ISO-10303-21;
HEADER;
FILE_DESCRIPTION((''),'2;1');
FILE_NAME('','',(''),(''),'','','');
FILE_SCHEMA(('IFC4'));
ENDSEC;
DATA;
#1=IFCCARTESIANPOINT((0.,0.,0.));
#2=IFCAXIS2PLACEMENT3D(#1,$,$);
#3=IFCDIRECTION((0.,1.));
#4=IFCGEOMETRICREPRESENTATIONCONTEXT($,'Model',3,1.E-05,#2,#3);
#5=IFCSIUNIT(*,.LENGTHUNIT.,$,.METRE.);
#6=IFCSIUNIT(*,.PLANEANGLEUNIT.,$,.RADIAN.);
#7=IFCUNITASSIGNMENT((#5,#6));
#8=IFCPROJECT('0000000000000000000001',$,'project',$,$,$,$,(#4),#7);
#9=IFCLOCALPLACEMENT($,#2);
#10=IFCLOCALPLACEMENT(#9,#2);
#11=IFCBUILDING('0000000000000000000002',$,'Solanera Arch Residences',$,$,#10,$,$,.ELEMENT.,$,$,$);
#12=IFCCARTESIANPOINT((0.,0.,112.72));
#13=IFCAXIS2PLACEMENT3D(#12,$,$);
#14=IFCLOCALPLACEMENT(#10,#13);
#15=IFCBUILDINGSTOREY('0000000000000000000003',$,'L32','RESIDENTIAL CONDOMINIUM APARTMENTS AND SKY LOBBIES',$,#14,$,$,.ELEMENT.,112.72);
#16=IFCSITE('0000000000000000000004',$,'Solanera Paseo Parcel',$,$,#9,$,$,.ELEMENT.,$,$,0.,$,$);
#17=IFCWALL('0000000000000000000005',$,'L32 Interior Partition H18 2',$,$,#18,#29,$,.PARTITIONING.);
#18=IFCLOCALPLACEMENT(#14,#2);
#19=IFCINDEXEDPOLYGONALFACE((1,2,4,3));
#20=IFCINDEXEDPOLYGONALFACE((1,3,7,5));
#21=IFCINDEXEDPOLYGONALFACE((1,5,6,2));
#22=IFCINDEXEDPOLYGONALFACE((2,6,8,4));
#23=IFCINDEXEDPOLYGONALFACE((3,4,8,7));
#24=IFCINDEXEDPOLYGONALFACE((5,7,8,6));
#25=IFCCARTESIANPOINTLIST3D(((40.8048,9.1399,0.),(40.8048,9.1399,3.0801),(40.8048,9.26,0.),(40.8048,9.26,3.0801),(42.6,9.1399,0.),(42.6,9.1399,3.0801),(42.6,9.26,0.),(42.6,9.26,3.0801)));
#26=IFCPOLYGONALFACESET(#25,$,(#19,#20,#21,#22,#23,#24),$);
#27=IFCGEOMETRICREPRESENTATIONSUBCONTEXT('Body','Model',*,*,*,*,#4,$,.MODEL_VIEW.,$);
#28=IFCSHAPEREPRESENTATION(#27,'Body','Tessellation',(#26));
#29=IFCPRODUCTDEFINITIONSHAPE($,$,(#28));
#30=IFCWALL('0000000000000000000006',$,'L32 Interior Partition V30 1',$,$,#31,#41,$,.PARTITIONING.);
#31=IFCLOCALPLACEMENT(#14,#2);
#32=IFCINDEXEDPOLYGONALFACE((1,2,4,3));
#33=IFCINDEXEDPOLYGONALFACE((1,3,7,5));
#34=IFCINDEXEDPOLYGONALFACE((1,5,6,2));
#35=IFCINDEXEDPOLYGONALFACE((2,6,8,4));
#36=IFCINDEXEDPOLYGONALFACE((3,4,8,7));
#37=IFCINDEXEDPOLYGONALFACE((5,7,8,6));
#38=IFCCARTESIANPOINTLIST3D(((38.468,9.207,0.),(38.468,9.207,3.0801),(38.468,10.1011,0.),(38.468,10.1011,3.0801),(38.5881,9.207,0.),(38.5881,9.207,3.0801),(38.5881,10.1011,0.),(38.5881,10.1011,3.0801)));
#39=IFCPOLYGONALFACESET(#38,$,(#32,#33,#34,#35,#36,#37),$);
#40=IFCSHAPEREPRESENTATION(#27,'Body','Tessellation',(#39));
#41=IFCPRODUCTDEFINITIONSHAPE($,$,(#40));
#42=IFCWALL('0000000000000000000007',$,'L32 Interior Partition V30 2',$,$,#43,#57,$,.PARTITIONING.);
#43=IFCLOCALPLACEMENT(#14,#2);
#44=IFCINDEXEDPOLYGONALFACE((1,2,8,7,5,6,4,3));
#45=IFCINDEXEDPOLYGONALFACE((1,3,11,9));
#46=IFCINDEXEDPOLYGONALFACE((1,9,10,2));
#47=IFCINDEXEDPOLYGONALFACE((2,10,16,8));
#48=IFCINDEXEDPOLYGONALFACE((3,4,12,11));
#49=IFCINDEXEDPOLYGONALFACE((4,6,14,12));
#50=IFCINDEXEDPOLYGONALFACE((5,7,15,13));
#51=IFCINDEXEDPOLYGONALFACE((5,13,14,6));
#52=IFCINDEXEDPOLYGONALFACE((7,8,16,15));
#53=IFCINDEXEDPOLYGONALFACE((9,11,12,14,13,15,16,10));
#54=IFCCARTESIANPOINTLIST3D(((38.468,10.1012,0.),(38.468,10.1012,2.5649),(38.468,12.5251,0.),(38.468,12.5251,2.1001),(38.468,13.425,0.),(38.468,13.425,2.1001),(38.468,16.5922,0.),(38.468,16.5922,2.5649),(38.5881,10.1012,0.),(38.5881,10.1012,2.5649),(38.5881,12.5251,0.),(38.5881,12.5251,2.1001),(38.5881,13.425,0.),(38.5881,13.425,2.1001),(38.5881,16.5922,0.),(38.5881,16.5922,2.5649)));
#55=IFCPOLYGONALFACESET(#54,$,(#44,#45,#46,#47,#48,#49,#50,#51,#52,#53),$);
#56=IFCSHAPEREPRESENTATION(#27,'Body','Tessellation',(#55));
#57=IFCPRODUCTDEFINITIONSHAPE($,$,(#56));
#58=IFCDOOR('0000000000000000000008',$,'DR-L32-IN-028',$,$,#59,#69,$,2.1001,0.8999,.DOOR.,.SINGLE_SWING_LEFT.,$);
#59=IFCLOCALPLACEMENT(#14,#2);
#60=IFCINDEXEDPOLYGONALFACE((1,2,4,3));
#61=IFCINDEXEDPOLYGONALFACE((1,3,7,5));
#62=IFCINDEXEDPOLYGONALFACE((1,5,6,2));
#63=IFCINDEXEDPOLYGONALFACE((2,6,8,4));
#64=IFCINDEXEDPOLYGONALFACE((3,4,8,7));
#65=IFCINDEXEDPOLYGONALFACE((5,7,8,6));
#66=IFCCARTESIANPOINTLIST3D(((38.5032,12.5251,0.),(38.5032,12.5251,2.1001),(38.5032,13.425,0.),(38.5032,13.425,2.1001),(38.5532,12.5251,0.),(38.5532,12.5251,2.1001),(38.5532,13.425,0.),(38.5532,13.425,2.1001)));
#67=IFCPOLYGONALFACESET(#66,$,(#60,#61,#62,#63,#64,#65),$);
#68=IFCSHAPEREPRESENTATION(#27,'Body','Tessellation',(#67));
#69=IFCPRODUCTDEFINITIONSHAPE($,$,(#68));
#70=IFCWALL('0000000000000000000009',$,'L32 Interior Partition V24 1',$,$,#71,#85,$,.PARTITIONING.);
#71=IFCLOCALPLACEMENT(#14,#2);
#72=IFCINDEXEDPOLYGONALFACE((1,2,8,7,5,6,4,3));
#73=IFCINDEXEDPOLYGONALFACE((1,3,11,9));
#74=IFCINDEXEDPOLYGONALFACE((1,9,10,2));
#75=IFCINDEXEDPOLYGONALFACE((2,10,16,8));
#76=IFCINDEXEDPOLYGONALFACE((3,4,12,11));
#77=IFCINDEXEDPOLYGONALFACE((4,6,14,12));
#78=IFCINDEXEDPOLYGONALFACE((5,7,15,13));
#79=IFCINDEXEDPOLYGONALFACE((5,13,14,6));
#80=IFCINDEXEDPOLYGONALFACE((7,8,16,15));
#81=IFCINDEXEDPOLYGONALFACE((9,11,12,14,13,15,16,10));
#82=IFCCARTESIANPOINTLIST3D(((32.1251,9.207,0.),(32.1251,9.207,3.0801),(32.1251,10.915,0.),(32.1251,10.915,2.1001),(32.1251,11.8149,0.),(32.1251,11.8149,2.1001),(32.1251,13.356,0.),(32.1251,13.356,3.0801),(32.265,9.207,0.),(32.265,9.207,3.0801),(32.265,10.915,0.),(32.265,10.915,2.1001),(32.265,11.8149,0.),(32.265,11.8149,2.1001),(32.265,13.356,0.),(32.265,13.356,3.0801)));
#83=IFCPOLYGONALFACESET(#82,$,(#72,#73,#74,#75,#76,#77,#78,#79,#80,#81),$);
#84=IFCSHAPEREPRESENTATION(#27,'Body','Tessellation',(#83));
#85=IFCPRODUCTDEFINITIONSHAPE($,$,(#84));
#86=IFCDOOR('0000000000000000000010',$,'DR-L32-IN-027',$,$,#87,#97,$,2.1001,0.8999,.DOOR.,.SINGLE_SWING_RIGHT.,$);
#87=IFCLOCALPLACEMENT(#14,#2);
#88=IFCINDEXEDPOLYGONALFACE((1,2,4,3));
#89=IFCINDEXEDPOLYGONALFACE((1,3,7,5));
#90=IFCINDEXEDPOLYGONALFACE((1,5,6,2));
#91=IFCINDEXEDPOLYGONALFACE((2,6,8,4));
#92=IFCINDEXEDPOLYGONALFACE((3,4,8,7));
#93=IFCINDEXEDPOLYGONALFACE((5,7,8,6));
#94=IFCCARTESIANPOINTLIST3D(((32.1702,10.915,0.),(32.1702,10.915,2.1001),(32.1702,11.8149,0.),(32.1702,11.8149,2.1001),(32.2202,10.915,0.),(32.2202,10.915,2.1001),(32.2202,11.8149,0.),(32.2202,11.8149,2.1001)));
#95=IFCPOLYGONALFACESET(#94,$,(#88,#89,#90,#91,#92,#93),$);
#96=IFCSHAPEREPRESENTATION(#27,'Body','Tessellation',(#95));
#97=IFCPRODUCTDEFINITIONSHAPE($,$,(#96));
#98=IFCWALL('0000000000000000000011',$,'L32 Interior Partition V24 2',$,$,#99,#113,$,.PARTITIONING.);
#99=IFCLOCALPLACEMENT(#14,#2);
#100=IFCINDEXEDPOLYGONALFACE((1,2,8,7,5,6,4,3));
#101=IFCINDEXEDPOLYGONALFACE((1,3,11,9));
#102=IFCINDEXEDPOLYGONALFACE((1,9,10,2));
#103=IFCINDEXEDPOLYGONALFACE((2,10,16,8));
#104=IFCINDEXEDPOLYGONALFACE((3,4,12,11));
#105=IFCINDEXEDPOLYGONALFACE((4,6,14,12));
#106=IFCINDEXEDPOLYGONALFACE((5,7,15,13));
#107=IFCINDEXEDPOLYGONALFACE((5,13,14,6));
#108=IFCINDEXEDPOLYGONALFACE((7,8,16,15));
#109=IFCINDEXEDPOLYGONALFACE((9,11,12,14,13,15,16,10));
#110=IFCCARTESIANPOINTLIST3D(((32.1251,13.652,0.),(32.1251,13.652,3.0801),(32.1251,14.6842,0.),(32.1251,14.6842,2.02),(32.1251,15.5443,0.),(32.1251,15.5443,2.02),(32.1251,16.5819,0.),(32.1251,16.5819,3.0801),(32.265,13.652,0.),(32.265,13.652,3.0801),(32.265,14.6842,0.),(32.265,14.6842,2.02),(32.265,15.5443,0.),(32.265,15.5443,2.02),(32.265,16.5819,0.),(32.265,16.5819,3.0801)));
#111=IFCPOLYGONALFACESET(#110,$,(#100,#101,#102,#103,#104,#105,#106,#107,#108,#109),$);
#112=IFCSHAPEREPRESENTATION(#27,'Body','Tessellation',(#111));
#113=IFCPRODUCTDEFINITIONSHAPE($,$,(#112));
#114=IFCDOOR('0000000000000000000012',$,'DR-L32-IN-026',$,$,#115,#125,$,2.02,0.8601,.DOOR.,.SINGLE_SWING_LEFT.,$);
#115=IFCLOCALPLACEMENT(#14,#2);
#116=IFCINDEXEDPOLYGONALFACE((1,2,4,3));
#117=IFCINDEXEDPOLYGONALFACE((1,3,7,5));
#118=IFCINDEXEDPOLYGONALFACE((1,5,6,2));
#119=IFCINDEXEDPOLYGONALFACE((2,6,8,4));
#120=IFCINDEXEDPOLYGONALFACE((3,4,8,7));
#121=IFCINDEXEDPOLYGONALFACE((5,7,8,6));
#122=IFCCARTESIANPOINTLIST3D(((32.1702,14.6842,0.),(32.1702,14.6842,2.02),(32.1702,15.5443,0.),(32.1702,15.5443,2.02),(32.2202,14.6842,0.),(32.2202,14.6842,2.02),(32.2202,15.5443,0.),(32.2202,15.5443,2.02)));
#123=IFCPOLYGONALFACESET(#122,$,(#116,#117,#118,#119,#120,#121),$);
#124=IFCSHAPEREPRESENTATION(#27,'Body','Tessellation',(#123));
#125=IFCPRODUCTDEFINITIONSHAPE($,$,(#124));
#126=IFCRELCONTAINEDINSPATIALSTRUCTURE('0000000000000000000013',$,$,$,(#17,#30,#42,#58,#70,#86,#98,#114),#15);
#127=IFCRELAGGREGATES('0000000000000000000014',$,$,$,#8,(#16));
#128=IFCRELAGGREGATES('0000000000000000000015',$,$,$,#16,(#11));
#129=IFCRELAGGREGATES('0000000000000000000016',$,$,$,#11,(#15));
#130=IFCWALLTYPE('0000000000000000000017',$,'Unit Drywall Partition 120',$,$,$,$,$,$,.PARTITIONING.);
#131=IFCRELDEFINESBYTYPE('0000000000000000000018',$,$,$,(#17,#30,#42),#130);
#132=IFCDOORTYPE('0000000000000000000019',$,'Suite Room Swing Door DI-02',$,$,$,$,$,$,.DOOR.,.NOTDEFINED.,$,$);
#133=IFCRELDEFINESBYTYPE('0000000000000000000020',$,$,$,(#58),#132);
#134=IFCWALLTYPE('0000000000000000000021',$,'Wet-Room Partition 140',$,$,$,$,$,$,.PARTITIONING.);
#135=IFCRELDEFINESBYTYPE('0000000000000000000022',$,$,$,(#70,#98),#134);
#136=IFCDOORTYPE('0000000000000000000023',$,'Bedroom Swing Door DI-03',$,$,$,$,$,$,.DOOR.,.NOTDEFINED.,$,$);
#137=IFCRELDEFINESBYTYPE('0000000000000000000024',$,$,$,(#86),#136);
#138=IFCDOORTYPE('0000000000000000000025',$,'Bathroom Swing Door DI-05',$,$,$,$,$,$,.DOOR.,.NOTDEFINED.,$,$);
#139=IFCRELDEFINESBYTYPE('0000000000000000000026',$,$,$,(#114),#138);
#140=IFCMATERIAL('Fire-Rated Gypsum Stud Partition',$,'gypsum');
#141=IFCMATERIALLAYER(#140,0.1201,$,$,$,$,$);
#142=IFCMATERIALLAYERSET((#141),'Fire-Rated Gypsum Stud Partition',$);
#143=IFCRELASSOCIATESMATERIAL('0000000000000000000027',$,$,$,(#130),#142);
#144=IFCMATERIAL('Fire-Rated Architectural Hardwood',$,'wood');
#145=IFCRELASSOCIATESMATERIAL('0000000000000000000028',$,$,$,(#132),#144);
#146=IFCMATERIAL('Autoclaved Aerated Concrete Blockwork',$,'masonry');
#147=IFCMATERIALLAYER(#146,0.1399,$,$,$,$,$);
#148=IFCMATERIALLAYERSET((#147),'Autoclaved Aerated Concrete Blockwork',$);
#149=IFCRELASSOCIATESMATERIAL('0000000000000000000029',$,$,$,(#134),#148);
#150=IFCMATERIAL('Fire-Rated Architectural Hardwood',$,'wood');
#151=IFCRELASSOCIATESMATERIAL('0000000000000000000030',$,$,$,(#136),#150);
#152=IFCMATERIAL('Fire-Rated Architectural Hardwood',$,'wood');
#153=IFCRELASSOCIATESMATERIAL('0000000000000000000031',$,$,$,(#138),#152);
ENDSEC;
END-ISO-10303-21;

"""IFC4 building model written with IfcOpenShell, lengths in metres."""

from ifc_helpers import new_model, si_unit, direction, frame, frame_2d, origin, place, context, subcontext, project, spatial, rectangle, extrude, material, layer, layer_set, type_object, element, fill, save


model = new_model("IFC4")

# Units and contexts
model_context = context("Model", 3, precision=1e-05, world=origin(), true_north=direction((0.0, 1.0)))
body_context = subcontext(model_context, "Body", "Model", "MODEL_VIEW")
ifc_project = project(units=[si_unit("LENGTHUNIT", "METRE"), si_unit("PLANEANGLEUNIT", "RADIAN")], contexts=[model_context])

# Site, building, storey
site_placement = place(None, origin())
site = spatial("IfcSite", under=ifc_project, at=site_placement, Name="Solanera Paseo Parcel", CompositionType="ELEMENT", RefElevation=0.0)
building_placement = place(site_placement, origin())
building = spatial("IfcBuilding", under=site, at=building_placement, Name="Solanera Arch Residences", CompositionType="ELEMENT")
storey_placement = place(building_placement, frame((0.0, 0.0, 112.72)))
storey = spatial("IfcBuildingStorey", under=building, at=storey_placement, Name="L32", Description="RESIDENTIAL CONDOMINIUM APARTMENTS AND SKY LOBBIES", CompositionType="ELEMENT", Elevation=112.72)

# Walls
ifc_material_1 = material(Name="Fire-Rated Gypsum Stud Partition", Category="gypsum")
ifc_layer_1 = layer(ifc_material_1, 0.1201)
ifc_layer_set_1 = layer_set([ifc_layer_1], Name="Fire-Rated Gypsum Stud Partition")
wall_type_1 = type_object("IfcWallType", Name="Unit Drywall Partition 120", PredefinedType="PARTITIONING", material=ifc_layer_set_1)
wall_1_placement = place(storey_placement, frame((40.8049, 9.2, 0.0), z_axis=(0.0, 0.0, 1.0), x_axis=(1.0, 0.0, 0.0)))
element("IfcWall", 1, at=wall_1_placement, inside=storey, type_object=wall_type_1, Name="L32 Interior Partition H18 2", PredefinedType="PARTITIONING", context=body_context, shape_type="SweptSolid", body=[
    extrude(rectangle(XDim=1.7952, YDim=0.1201, at=frame_2d((0.8975, 0.0))), origin(), (0.0, 0.0, 1.0), 3.0801),
])
wall_2_placement = place(storey_placement, frame((38.5281, 9.207, 0.0), z_axis=(0.0, 0.0, 1.0), x_axis=(0.0, 1.0, 0.0)))
element("IfcWall", 2, at=wall_2_placement, inside=storey, type_object=wall_type_1, Name="L32 Interior Partition V30 1", PredefinedType="PARTITIONING", context=body_context, shape_type="SweptSolid", body=[
    extrude(rectangle(XDim=0.894, YDim=0.1201, at=frame_2d((0.447, 0.0))), origin(), (0.0, 0.0, 1.0), 3.0801),
])

# Walls, openings, doors
wall_3_placement = place(storey_placement, frame((38.5281, 10.1011, 0.0), z_axis=(0.0, 0.0, 1.0), x_axis=(0.0, 1.0, 0.0)))
wall_3 = element("IfcWall", 3, at=wall_3_placement, inside=storey, type_object=wall_type_1, Name="L32 Interior Partition V30 2", PredefinedType="PARTITIONING", context=body_context, shape_type="SweptSolid", body=[
    extrude(rectangle(XDim=6.491, YDim=0.1201, at=frame_2d((3.2456, 0.0))), origin(), (0.0, 0.0, 1.0), 2.5649),
])
opening_1_placement = place(wall_3_placement, frame((2.4241, 0.0, 0.0)))
opening_1 = element("IfcOpeningElement", 4, at=opening_1_placement, cuts=wall_3, PredefinedType="OPENING", context=body_context, shape_type="SweptSolid", body=[
    extrude(rectangle(XDim=0.8999, YDim=2.1001, at=frame_2d((0.45, 1.05))), frame((0.0, 0.0701, 0.0), z_axis=(0.0, -1.0, 0.0), x_axis=(1.0, 0.0, 0.0)), (0.0, 0.0, 1.0), 0.1401),
])
ifc_material_2 = material(Name="Fire-Rated Architectural Hardwood", Category="wood")
door_type_1 = type_object("IfcDoorType", Name="Suite Room Swing Door DI-02", OperationType="NOTDEFINED", PredefinedType="DOOR", material=ifc_material_2)
door_1_placement = place(opening_1_placement, origin())
door_1 = element("IfcDoor", 5, at=door_1_placement, inside=storey, type_object=door_type_1, Name="DR-L32-IN-028", OperationType="SINGLE_SWING_LEFT", OverallHeight=2.1001, OverallWidth=0.8999, PredefinedType="DOOR", context=body_context, shape_type="SweptSolid", body=[
    extrude(rectangle(XDim=0.8999, YDim=2.1001, at=frame_2d((0.45, 1.05))), frame((0.0, 0.0249, 0.0), z_axis=(0.0, -1.0, 0.0), x_axis=(1.0, 0.0, 0.0)), (0.0, 0.0, 1.0), 0.05),
])
fill(opening_1, door_1)
ifc_material_3 = material(Name="Autoclaved Aerated Concrete Blockwork", Category="masonry")
ifc_layer_2 = layer(ifc_material_3, 0.1399)
ifc_layer_set_2 = layer_set([ifc_layer_2], Name="Autoclaved Aerated Concrete Blockwork")
wall_type_2 = type_object("IfcWallType", Name="Wet-Room Partition 140", PredefinedType="PARTITIONING", material=ifc_layer_set_2)
wall_4_placement = place(storey_placement, frame((32.1951, 9.207, 0.0), z_axis=(0.0, 0.0, 1.0), x_axis=(0.0, 1.0, 0.0)))
wall_4 = element("IfcWall", 6, at=wall_4_placement, inside=storey, type_object=wall_type_2, Name="L32 Interior Partition V24 1", PredefinedType="PARTITIONING", context=body_context, shape_type="SweptSolid", body=[
    extrude(rectangle(XDim=4.1489, YDim=0.1399, at=frame_2d((2.0745, 0.0))), origin(), (0.0, 0.0, 1.0), 3.0801),
])
opening_2_placement = place(wall_4_placement, frame((1.708, 0.0, 0.0)))
opening_2 = element("IfcOpeningElement", 7, at=opening_2_placement, cuts=wall_4, PredefinedType="OPENING", context=body_context, shape_type="SweptSolid", body=[
    extrude(rectangle(XDim=0.8999, YDim=2.1001, at=frame_2d((0.45, 1.05))), frame((0.0, 0.0798, 0.0), z_axis=(0.0, -1.0, 0.0), x_axis=(1.0, 0.0, 0.0)), (0.0, 0.0, 1.0), 0.1599),
])
ifc_material_4 = material(Name="Fire-Rated Architectural Hardwood", Category="wood")
door_type_2 = type_object("IfcDoorType", Name="Bedroom Swing Door DI-03", OperationType="NOTDEFINED", PredefinedType="DOOR", material=ifc_material_4)
door_2_placement = place(opening_2_placement, origin())
door_2 = element("IfcDoor", 8, at=door_2_placement, inside=storey, type_object=door_type_2, Name="DR-L32-IN-027", OperationType="SINGLE_SWING_RIGHT", OverallHeight=2.1001, OverallWidth=0.8999, PredefinedType="DOOR", context=body_context, shape_type="SweptSolid", body=[
    extrude(rectangle(XDim=0.8999, YDim=2.1001, at=frame_2d((0.45, 1.05))), frame((0.0, 0.0249, 0.0), z_axis=(0.0, -1.0, 0.0), x_axis=(1.0, 0.0, 0.0)), (0.0, 0.0, 1.0), 0.05),
])
fill(opening_2, door_2)
wall_5_placement = place(storey_placement, frame((32.1951, 13.6521, 0.0), z_axis=(0.0, 0.0, 1.0), x_axis=(0.0, 1.0, 0.0)))
wall_5 = element("IfcWall", 9, at=wall_5_placement, inside=storey, type_object=wall_type_2, Name="L32 Interior Partition V24 2", PredefinedType="PARTITIONING", context=body_context, shape_type="SweptSolid", body=[
    extrude(rectangle(XDim=2.9299, YDim=0.1399, at=frame_2d((1.4648, 0.0))), origin(), (0.0, 0.0, 1.0), 3.0801),
])
opening_3_placement = place(wall_5_placement, frame((1.032, 0.0, 0.0)))
opening_3 = element("IfcOpeningElement", 10, at=opening_3_placement, cuts=wall_5, PredefinedType="OPENING", context=body_context, shape_type="SweptSolid", body=[
    extrude(rectangle(XDim=0.8601, YDim=2.02, at=frame_2d((0.4302, 1.01))), frame((0.0, 0.0798, 0.0), z_axis=(0.0, -1.0, 0.0), x_axis=(1.0, 0.0, 0.0)), (0.0, 0.0, 1.0), 0.1599),
])
ifc_material_5 = material(Name="Fire-Rated Architectural Hardwood", Category="wood")
door_type_3 = type_object("IfcDoorType", Name="Bathroom Swing Door DI-05", OperationType="NOTDEFINED", PredefinedType="DOOR", material=ifc_material_5)
door_3_placement = place(opening_3_placement, origin())
door_3 = element("IfcDoor", 11, at=door_3_placement, inside=storey, type_object=door_type_3, Name="DR-L32-IN-026", OperationType="SINGLE_SWING_LEFT", OverallHeight=2.02, OverallWidth=0.8601, PredefinedType="DOOR", context=body_context, shape_type="SweptSolid", body=[
    extrude(rectangle(XDim=0.8601, YDim=2.02, at=frame_2d((0.4302, 1.01))), frame((0.0, 0.0249, 0.0), z_axis=(0.0, -1.0, 0.0), x_axis=(1.0, 0.0, 0.0)), (0.0, 0.0, 1.0), 0.05),
])
fill(opening_3, door_3)

save(model, "model.ifc")
